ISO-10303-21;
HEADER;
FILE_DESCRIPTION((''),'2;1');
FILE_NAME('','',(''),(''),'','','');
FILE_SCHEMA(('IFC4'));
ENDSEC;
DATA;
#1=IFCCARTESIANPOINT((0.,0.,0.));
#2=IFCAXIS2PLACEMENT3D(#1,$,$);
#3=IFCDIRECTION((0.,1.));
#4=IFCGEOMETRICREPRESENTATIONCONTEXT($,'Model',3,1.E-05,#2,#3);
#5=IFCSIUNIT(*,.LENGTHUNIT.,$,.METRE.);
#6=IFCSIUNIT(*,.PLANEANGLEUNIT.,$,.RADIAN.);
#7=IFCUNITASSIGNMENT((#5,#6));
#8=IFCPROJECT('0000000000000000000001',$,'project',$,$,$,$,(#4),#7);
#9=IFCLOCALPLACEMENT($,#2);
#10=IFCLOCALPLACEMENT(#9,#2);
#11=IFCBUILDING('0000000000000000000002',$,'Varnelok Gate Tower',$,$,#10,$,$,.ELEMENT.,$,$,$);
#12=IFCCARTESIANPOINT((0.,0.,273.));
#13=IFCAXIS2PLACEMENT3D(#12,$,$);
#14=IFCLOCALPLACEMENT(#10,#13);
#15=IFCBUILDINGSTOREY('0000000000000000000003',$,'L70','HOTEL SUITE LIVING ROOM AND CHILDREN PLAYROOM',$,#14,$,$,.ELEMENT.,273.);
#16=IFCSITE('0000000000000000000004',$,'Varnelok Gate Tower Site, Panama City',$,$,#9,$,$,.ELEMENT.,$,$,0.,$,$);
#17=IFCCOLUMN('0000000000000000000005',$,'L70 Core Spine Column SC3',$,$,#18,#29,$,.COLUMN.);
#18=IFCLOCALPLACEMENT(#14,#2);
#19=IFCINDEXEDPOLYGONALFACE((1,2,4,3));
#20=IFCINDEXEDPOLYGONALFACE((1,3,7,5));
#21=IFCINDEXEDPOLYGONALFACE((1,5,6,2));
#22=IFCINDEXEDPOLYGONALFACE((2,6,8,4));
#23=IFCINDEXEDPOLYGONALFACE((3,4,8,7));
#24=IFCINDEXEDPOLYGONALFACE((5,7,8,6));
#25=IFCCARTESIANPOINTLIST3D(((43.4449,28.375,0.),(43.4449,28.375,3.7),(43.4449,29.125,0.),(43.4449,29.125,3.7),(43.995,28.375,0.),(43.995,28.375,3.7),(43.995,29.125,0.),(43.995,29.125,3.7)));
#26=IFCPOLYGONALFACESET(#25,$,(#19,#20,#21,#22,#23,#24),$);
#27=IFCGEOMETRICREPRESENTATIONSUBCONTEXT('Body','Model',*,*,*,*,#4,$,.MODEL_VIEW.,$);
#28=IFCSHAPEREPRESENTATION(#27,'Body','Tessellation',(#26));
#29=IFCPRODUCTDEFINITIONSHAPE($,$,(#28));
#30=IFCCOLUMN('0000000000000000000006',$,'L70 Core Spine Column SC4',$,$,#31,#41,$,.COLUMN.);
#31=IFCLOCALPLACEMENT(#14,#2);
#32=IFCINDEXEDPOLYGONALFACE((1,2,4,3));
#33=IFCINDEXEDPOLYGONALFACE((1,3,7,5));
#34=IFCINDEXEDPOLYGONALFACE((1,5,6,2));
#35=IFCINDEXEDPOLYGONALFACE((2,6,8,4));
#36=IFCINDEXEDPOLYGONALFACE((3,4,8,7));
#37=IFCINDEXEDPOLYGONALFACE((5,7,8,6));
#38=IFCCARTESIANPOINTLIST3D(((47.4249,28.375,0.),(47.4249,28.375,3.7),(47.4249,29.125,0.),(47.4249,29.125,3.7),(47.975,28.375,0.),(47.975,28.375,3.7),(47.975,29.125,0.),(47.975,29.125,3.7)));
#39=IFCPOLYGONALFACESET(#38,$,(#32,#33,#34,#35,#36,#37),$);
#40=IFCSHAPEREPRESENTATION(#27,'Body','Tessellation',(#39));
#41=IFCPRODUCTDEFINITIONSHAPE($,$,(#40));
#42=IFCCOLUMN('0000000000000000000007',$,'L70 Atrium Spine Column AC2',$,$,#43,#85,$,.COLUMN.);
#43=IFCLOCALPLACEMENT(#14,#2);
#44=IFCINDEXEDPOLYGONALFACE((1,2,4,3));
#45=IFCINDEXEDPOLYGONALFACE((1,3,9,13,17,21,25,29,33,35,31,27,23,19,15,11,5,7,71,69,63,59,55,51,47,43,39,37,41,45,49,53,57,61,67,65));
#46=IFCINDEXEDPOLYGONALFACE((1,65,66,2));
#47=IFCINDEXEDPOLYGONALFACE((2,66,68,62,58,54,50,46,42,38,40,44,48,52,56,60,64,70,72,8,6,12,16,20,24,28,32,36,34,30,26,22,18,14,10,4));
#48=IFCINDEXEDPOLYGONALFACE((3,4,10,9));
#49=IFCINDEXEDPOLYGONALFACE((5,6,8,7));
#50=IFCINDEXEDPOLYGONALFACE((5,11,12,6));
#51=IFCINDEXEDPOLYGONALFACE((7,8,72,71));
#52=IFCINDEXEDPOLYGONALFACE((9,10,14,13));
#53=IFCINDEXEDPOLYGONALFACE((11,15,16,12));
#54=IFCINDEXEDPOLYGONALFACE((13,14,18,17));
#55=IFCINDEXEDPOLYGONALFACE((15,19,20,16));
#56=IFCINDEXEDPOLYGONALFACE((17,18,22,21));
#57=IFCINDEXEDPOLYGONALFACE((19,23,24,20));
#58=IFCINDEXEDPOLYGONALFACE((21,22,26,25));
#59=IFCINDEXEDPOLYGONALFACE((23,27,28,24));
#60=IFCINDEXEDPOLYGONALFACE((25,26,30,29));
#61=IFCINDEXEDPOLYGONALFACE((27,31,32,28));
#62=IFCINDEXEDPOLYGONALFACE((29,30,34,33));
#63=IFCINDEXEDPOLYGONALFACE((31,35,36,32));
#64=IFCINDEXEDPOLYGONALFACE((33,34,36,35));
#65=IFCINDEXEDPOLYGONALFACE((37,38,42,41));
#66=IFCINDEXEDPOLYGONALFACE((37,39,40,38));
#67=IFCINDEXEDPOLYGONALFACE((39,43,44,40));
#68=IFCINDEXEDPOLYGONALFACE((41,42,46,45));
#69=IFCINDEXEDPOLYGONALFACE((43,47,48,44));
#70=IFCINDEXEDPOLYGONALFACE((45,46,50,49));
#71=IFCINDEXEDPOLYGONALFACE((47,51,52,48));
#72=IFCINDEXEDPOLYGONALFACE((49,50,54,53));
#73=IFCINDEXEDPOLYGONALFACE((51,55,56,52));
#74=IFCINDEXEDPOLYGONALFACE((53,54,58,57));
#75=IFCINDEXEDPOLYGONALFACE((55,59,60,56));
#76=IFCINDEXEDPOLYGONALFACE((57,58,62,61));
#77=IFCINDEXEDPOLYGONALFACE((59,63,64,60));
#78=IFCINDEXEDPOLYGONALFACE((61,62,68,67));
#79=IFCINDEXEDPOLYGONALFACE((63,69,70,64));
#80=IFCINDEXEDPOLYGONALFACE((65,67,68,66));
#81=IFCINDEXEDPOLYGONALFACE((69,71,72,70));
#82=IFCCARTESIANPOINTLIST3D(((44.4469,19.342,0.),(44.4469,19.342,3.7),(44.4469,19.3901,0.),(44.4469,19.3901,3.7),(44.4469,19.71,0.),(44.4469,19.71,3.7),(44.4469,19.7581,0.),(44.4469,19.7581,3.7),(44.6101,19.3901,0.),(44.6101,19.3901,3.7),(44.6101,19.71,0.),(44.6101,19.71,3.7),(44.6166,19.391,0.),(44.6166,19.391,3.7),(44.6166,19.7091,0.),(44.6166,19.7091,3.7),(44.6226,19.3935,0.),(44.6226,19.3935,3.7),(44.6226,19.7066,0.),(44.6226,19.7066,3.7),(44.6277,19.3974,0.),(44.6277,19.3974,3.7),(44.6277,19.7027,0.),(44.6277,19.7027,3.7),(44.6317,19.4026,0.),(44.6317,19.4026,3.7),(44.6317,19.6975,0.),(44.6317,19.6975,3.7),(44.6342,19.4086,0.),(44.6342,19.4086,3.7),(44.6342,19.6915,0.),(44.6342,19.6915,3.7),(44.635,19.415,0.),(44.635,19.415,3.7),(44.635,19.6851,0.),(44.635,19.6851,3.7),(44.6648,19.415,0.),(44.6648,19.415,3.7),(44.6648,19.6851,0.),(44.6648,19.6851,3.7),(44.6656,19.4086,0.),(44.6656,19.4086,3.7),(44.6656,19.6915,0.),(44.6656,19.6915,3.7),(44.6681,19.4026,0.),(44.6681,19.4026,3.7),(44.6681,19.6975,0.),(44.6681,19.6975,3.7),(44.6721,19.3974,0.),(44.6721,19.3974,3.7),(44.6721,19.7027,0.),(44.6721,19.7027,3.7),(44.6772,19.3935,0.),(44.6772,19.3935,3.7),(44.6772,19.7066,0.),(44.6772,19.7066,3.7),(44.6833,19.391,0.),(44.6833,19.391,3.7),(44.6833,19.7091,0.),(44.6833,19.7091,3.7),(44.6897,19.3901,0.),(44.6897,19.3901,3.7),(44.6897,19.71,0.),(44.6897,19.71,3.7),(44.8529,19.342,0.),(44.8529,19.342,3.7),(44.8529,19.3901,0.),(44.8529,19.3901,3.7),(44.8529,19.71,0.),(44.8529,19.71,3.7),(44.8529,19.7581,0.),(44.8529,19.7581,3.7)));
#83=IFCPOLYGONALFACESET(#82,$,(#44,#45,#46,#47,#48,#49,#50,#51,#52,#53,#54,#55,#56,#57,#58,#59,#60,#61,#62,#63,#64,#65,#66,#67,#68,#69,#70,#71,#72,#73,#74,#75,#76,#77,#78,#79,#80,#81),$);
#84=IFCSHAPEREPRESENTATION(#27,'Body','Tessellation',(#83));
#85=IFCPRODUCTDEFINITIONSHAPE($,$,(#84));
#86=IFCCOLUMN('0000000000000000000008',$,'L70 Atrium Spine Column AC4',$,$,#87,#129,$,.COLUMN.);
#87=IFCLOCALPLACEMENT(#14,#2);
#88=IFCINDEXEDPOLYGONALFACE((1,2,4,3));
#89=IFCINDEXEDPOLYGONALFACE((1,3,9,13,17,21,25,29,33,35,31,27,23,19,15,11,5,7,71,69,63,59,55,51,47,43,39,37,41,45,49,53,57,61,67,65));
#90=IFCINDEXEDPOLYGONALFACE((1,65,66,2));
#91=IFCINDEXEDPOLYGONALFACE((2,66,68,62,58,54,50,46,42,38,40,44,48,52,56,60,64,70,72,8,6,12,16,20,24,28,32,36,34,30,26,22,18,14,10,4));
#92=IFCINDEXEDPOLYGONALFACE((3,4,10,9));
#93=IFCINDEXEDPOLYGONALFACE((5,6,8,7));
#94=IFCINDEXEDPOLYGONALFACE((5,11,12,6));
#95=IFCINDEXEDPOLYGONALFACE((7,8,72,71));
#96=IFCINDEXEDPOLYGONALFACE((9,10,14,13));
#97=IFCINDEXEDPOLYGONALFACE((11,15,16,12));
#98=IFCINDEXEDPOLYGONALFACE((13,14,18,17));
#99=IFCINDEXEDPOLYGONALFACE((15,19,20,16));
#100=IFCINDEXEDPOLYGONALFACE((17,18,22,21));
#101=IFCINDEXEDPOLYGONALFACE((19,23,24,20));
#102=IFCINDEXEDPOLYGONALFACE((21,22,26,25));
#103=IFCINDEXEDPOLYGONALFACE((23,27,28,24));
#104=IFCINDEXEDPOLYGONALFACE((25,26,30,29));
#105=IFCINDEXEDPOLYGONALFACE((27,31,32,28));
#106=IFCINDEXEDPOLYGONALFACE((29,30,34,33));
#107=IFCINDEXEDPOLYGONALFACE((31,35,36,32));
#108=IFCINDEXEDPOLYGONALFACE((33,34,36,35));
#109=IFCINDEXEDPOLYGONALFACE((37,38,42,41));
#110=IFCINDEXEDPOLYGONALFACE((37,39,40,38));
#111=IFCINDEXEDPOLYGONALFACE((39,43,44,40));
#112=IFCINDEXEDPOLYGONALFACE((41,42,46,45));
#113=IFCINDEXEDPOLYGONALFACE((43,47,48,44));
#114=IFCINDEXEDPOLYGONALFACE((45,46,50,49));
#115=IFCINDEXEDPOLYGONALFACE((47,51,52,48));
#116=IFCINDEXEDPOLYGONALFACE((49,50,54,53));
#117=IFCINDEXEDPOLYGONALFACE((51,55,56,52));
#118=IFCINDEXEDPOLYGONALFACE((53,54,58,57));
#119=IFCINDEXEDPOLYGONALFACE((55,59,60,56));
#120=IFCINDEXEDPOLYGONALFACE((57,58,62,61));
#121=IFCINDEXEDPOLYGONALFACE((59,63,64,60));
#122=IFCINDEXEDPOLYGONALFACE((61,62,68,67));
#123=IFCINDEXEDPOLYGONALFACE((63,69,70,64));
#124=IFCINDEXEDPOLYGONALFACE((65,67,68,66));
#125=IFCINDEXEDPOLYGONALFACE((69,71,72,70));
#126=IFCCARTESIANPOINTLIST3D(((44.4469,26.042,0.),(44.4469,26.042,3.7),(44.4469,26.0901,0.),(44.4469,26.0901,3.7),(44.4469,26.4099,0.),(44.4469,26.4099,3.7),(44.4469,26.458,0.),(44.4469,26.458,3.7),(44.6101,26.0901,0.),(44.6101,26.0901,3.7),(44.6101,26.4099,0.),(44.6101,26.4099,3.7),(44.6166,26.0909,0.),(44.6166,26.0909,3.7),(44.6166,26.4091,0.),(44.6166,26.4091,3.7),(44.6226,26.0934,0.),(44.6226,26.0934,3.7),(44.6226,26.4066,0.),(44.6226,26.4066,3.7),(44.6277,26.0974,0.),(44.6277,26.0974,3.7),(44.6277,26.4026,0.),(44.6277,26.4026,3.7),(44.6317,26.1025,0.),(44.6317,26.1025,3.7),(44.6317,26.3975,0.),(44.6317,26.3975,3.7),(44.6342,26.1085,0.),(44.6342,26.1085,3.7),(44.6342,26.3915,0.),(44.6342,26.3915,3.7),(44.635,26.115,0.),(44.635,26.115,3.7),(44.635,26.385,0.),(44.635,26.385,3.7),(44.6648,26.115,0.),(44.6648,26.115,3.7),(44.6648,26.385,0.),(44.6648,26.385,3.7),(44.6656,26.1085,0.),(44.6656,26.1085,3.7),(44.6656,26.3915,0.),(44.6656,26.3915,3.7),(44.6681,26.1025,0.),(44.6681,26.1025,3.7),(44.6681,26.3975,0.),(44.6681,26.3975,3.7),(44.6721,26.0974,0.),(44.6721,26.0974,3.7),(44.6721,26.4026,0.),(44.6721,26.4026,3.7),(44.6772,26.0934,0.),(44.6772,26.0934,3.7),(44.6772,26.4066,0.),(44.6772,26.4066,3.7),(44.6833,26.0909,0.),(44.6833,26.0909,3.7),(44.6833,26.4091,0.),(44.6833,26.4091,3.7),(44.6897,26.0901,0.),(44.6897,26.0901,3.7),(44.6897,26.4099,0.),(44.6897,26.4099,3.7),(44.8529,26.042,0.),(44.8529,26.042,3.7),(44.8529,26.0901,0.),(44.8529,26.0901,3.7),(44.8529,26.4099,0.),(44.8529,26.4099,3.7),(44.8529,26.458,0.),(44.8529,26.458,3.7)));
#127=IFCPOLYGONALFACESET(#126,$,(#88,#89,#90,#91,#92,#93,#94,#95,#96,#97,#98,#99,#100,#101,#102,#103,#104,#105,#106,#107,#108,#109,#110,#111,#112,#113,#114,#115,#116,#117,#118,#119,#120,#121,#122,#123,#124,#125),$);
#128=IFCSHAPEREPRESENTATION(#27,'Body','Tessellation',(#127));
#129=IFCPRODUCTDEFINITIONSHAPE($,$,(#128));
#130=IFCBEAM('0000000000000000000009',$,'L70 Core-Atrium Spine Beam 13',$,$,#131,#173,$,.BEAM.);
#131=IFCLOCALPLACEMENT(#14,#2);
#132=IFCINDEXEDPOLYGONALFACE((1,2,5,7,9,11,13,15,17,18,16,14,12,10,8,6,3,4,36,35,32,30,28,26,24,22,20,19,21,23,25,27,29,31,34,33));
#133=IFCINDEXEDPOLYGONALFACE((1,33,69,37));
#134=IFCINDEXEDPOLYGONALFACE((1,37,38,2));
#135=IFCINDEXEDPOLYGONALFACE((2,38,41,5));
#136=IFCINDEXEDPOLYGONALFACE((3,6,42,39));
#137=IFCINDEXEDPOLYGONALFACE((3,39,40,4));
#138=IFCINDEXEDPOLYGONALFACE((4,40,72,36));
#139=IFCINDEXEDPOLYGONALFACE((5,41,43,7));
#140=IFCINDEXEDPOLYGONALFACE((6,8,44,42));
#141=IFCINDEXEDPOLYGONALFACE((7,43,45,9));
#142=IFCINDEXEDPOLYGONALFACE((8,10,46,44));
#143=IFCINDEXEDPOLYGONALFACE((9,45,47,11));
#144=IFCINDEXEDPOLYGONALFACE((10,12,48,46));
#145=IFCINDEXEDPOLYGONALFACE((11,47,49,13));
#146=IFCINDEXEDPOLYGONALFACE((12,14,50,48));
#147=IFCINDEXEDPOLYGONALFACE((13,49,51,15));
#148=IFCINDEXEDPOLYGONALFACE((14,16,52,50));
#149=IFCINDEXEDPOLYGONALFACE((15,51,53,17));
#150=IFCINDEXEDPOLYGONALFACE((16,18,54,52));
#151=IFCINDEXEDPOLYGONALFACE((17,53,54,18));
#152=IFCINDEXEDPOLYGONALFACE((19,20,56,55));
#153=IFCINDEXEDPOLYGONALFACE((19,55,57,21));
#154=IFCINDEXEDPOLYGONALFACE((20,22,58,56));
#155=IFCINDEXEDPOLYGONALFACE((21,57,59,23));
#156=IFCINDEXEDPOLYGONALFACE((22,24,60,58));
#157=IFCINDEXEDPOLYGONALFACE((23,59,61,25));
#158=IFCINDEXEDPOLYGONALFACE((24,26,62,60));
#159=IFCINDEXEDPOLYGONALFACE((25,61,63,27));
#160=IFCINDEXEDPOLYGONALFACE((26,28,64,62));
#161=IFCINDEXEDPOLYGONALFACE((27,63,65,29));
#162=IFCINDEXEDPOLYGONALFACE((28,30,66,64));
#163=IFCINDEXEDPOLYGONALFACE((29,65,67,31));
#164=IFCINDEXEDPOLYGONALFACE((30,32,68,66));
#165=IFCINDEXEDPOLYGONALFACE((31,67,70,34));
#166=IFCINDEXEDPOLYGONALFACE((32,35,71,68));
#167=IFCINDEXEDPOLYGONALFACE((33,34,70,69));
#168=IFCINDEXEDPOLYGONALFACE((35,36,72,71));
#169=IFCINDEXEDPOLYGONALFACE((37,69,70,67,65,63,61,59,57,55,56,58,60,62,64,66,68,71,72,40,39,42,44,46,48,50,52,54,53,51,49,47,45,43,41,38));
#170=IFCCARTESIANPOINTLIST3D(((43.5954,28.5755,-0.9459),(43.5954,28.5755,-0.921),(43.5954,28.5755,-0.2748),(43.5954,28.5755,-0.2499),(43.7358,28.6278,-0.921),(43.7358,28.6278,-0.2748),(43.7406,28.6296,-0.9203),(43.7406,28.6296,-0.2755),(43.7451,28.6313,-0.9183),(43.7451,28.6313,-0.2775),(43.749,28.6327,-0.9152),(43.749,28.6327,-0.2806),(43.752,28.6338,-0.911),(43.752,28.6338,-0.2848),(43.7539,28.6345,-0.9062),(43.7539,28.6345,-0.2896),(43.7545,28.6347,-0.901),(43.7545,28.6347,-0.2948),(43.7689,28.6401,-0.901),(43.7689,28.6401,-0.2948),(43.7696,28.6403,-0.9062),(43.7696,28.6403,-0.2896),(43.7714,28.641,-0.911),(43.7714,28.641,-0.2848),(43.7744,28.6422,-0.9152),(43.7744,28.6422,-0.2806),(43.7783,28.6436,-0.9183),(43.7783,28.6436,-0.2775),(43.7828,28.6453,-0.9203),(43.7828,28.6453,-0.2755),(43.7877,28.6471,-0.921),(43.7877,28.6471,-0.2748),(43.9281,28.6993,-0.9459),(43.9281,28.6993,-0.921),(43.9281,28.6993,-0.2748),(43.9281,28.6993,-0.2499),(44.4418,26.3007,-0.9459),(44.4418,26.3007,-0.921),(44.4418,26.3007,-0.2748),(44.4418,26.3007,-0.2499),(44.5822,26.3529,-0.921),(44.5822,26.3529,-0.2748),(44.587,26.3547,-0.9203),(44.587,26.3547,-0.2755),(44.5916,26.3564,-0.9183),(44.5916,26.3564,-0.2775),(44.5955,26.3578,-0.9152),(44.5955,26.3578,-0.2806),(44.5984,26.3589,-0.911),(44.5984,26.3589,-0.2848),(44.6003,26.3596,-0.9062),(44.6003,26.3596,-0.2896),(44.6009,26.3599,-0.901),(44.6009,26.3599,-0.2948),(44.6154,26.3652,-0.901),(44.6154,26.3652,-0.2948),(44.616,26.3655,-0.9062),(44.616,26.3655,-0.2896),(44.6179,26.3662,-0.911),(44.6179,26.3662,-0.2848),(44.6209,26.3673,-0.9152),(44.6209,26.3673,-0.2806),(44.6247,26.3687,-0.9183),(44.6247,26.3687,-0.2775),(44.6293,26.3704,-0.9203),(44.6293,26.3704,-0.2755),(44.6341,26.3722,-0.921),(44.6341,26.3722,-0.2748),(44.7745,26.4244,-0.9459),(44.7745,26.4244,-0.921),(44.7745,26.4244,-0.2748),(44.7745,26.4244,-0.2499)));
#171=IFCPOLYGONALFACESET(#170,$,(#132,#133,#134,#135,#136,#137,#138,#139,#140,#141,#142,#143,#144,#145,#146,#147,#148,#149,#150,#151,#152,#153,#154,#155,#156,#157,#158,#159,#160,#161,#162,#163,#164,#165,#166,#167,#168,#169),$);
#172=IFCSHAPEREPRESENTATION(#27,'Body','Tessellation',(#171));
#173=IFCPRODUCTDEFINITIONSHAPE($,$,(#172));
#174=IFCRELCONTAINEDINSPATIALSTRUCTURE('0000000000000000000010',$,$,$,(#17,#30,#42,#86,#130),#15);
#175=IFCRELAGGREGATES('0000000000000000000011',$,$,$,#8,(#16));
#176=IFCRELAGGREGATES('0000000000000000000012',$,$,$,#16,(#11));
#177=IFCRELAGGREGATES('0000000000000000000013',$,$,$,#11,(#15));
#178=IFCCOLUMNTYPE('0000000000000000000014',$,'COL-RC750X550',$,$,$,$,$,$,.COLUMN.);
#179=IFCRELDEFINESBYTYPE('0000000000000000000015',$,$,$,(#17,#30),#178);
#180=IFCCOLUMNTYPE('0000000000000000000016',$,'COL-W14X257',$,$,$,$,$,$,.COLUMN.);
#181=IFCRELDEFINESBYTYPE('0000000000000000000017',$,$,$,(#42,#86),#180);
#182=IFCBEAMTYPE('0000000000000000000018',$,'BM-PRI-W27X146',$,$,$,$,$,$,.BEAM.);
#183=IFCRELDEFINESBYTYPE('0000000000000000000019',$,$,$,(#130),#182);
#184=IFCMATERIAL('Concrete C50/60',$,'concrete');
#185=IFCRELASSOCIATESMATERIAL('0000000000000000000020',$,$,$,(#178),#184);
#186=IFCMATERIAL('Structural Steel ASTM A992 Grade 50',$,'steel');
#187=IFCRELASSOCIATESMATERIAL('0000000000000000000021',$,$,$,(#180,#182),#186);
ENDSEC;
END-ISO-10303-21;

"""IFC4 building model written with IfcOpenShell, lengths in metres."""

from ifc_helpers import new_model, si_unit, direction, frame, origin, origin_2d, place, context, subcontext, project, spatial, rectangle, i_section, extrude, material, material_profile, profile_set, type_object, element, save


model = new_model("IFC4")

# Units and contexts
model_context = context("Model", 3, precision=1e-05, world=origin(), true_north=direction((0.0, 1.0)))
body_context = subcontext(model_context, "Body", "Model", "MODEL_VIEW")
ifc_project = project(units=[si_unit("LENGTHUNIT", "METRE"), si_unit("PLANEANGLEUNIT", "RADIAN")], contexts=[model_context])

# Site, building, storey
site_placement = place(None, origin())
site = spatial("IfcSite", under=ifc_project, at=site_placement, Name="Varnelok Gate Tower Site, Panama City", CompositionType="ELEMENT", RefElevation=0.0)
building_placement = place(site_placement, origin())
building = spatial("IfcBuilding", under=site, at=building_placement, Name="Varnelok Gate Tower", CompositionType="ELEMENT")
storey_placement = place(building_placement, frame((0.0, 0.0, 273.0)))
storey = spatial("IfcBuildingStorey", under=building, at=storey_placement, Name="L70", Description="HOTEL SUITE LIVING ROOM AND CHILDREN PLAYROOM", CompositionType="ELEMENT", Elevation=273.0)

# Columns
ifc_material_1 = material(Name="Concrete C50/60", Category="concrete")
ifc_material_profile_1 = material_profile(ifc_material_1, rectangle(XDim=0.55, YDim=0.75, at=origin_2d()), Name="RC750X550")
ifc_profile_set_1 = profile_set([ifc_material_profile_1], Name="Concrete C50/60")
column_type_1 = type_object("IfcColumnType", Name="COL-RC750X550", PredefinedType="COLUMN", material=ifc_profile_set_1)
for number, where, z_axis, x_axis, name in (
    (1, (43.72, 28.75, 0.0), (0.0, 0.0, 1.0), (1.0, 0.0, 0.0), "L70 Core Spine Column SC3"),
    (2, (47.7, 28.75, 0.0), (0.0, 0.0, 1.0), (1.0, 0.0, 0.0), "L70 Core Spine Column SC4"),
):
    element("IfcColumn", number, at=place(storey_placement, frame(where, z_axis=z_axis, x_axis=x_axis)), inside=storey, type_object=column_type_1, Name=name, PredefinedType="COLUMN", context=body_context, shape_type="SweptSolid", body=[
        extrude(rectangle(XDim=0.55, YDim=0.75, at=origin_2d()), origin(), (0.0, 0.0, 1.0), 3.7),
    ])
ifc_material_2 = material(Name="Structural Steel ASTM A992 Grade 50", Category="steel")
ifc_material_profile_2 = material_profile(ifc_material_2, i_section(OverallWidth=0.406, OverallDepth=0.416, WebThickness=0.0298, FlangeThickness=0.0481, FilletRadius=0.0249, at=origin_2d()), Name="W14X257")
ifc_profile_set_2 = profile_set([ifc_material_profile_2], Name="Structural Steel ASTM A992 Grade 50")
column_type_2 = type_object("IfcColumnType", Name="COL-W14X257", PredefinedType="COLUMN", material=ifc_profile_set_2)
for number, where, z_axis, x_axis, name in (
    (3, (44.6499, 19.55, 0.0), (0.0, 0.0, 1.0), (1.0, 0.0, 0.0), "L70 Atrium Spine Column AC2"),
    (4, (44.6499, 26.25, 0.0), (0.0, 0.0, 1.0), (1.0, 0.0, 0.0), "L70 Atrium Spine Column AC4"),
):
    element("IfcColumn", number, at=place(storey_placement, frame(where, z_axis=z_axis, x_axis=x_axis)), inside=storey, type_object=column_type_2, Name=name, PredefinedType="COLUMN", context=body_context, shape_type="SweptSolid", body=[
        extrude(i_section(OverallWidth=0.406, OverallDepth=0.416, WebThickness=0.0298, FlangeThickness=0.0481, FilletRadius=0.0249, at=origin_2d()), origin(), (0.0, 0.0, 1.0), 3.7),
    ])

# Beam
ifc_material_profile_3 = material_profile(ifc_material_2, i_section(OverallWidth=0.355, OverallDepth=0.696, WebThickness=0.0154, FlangeThickness=0.0249, FilletRadius=0.02, at=origin_2d()), Name="W27X146")
ifc_profile_set_3 = profile_set([ifc_material_profile_3], Name="Structural Steel ASTM A992 Grade 50")
beam_type_1 = type_object("IfcBeamType", Name="BM-PRI-W27X146", PredefinedType="BEAM", material=ifc_profile_set_3)
beam_1_placement = place(storey_placement, frame((44.6082, 26.3625, -0.5979), z_axis=(-0.348719, 0.937227, 0.0), x_axis=(-0.937227, -0.348719, 0.0)))
element("IfcBeam", 5, at=beam_1_placement, inside=storey, type_object=beam_type_1, Name="L70 Core-Atrium Spine Beam 13", PredefinedType="BEAM", context=body_context, shape_type="SweptSolid", body=[
    extrude(i_section(OverallWidth=0.355, OverallDepth=0.696, WebThickness=0.0154, FlangeThickness=0.0249, FilletRadius=0.02, at=origin_2d()), origin(), (0.0, 0.0, 1.0), 2.4272),
])

save(model, "model.ifc")
